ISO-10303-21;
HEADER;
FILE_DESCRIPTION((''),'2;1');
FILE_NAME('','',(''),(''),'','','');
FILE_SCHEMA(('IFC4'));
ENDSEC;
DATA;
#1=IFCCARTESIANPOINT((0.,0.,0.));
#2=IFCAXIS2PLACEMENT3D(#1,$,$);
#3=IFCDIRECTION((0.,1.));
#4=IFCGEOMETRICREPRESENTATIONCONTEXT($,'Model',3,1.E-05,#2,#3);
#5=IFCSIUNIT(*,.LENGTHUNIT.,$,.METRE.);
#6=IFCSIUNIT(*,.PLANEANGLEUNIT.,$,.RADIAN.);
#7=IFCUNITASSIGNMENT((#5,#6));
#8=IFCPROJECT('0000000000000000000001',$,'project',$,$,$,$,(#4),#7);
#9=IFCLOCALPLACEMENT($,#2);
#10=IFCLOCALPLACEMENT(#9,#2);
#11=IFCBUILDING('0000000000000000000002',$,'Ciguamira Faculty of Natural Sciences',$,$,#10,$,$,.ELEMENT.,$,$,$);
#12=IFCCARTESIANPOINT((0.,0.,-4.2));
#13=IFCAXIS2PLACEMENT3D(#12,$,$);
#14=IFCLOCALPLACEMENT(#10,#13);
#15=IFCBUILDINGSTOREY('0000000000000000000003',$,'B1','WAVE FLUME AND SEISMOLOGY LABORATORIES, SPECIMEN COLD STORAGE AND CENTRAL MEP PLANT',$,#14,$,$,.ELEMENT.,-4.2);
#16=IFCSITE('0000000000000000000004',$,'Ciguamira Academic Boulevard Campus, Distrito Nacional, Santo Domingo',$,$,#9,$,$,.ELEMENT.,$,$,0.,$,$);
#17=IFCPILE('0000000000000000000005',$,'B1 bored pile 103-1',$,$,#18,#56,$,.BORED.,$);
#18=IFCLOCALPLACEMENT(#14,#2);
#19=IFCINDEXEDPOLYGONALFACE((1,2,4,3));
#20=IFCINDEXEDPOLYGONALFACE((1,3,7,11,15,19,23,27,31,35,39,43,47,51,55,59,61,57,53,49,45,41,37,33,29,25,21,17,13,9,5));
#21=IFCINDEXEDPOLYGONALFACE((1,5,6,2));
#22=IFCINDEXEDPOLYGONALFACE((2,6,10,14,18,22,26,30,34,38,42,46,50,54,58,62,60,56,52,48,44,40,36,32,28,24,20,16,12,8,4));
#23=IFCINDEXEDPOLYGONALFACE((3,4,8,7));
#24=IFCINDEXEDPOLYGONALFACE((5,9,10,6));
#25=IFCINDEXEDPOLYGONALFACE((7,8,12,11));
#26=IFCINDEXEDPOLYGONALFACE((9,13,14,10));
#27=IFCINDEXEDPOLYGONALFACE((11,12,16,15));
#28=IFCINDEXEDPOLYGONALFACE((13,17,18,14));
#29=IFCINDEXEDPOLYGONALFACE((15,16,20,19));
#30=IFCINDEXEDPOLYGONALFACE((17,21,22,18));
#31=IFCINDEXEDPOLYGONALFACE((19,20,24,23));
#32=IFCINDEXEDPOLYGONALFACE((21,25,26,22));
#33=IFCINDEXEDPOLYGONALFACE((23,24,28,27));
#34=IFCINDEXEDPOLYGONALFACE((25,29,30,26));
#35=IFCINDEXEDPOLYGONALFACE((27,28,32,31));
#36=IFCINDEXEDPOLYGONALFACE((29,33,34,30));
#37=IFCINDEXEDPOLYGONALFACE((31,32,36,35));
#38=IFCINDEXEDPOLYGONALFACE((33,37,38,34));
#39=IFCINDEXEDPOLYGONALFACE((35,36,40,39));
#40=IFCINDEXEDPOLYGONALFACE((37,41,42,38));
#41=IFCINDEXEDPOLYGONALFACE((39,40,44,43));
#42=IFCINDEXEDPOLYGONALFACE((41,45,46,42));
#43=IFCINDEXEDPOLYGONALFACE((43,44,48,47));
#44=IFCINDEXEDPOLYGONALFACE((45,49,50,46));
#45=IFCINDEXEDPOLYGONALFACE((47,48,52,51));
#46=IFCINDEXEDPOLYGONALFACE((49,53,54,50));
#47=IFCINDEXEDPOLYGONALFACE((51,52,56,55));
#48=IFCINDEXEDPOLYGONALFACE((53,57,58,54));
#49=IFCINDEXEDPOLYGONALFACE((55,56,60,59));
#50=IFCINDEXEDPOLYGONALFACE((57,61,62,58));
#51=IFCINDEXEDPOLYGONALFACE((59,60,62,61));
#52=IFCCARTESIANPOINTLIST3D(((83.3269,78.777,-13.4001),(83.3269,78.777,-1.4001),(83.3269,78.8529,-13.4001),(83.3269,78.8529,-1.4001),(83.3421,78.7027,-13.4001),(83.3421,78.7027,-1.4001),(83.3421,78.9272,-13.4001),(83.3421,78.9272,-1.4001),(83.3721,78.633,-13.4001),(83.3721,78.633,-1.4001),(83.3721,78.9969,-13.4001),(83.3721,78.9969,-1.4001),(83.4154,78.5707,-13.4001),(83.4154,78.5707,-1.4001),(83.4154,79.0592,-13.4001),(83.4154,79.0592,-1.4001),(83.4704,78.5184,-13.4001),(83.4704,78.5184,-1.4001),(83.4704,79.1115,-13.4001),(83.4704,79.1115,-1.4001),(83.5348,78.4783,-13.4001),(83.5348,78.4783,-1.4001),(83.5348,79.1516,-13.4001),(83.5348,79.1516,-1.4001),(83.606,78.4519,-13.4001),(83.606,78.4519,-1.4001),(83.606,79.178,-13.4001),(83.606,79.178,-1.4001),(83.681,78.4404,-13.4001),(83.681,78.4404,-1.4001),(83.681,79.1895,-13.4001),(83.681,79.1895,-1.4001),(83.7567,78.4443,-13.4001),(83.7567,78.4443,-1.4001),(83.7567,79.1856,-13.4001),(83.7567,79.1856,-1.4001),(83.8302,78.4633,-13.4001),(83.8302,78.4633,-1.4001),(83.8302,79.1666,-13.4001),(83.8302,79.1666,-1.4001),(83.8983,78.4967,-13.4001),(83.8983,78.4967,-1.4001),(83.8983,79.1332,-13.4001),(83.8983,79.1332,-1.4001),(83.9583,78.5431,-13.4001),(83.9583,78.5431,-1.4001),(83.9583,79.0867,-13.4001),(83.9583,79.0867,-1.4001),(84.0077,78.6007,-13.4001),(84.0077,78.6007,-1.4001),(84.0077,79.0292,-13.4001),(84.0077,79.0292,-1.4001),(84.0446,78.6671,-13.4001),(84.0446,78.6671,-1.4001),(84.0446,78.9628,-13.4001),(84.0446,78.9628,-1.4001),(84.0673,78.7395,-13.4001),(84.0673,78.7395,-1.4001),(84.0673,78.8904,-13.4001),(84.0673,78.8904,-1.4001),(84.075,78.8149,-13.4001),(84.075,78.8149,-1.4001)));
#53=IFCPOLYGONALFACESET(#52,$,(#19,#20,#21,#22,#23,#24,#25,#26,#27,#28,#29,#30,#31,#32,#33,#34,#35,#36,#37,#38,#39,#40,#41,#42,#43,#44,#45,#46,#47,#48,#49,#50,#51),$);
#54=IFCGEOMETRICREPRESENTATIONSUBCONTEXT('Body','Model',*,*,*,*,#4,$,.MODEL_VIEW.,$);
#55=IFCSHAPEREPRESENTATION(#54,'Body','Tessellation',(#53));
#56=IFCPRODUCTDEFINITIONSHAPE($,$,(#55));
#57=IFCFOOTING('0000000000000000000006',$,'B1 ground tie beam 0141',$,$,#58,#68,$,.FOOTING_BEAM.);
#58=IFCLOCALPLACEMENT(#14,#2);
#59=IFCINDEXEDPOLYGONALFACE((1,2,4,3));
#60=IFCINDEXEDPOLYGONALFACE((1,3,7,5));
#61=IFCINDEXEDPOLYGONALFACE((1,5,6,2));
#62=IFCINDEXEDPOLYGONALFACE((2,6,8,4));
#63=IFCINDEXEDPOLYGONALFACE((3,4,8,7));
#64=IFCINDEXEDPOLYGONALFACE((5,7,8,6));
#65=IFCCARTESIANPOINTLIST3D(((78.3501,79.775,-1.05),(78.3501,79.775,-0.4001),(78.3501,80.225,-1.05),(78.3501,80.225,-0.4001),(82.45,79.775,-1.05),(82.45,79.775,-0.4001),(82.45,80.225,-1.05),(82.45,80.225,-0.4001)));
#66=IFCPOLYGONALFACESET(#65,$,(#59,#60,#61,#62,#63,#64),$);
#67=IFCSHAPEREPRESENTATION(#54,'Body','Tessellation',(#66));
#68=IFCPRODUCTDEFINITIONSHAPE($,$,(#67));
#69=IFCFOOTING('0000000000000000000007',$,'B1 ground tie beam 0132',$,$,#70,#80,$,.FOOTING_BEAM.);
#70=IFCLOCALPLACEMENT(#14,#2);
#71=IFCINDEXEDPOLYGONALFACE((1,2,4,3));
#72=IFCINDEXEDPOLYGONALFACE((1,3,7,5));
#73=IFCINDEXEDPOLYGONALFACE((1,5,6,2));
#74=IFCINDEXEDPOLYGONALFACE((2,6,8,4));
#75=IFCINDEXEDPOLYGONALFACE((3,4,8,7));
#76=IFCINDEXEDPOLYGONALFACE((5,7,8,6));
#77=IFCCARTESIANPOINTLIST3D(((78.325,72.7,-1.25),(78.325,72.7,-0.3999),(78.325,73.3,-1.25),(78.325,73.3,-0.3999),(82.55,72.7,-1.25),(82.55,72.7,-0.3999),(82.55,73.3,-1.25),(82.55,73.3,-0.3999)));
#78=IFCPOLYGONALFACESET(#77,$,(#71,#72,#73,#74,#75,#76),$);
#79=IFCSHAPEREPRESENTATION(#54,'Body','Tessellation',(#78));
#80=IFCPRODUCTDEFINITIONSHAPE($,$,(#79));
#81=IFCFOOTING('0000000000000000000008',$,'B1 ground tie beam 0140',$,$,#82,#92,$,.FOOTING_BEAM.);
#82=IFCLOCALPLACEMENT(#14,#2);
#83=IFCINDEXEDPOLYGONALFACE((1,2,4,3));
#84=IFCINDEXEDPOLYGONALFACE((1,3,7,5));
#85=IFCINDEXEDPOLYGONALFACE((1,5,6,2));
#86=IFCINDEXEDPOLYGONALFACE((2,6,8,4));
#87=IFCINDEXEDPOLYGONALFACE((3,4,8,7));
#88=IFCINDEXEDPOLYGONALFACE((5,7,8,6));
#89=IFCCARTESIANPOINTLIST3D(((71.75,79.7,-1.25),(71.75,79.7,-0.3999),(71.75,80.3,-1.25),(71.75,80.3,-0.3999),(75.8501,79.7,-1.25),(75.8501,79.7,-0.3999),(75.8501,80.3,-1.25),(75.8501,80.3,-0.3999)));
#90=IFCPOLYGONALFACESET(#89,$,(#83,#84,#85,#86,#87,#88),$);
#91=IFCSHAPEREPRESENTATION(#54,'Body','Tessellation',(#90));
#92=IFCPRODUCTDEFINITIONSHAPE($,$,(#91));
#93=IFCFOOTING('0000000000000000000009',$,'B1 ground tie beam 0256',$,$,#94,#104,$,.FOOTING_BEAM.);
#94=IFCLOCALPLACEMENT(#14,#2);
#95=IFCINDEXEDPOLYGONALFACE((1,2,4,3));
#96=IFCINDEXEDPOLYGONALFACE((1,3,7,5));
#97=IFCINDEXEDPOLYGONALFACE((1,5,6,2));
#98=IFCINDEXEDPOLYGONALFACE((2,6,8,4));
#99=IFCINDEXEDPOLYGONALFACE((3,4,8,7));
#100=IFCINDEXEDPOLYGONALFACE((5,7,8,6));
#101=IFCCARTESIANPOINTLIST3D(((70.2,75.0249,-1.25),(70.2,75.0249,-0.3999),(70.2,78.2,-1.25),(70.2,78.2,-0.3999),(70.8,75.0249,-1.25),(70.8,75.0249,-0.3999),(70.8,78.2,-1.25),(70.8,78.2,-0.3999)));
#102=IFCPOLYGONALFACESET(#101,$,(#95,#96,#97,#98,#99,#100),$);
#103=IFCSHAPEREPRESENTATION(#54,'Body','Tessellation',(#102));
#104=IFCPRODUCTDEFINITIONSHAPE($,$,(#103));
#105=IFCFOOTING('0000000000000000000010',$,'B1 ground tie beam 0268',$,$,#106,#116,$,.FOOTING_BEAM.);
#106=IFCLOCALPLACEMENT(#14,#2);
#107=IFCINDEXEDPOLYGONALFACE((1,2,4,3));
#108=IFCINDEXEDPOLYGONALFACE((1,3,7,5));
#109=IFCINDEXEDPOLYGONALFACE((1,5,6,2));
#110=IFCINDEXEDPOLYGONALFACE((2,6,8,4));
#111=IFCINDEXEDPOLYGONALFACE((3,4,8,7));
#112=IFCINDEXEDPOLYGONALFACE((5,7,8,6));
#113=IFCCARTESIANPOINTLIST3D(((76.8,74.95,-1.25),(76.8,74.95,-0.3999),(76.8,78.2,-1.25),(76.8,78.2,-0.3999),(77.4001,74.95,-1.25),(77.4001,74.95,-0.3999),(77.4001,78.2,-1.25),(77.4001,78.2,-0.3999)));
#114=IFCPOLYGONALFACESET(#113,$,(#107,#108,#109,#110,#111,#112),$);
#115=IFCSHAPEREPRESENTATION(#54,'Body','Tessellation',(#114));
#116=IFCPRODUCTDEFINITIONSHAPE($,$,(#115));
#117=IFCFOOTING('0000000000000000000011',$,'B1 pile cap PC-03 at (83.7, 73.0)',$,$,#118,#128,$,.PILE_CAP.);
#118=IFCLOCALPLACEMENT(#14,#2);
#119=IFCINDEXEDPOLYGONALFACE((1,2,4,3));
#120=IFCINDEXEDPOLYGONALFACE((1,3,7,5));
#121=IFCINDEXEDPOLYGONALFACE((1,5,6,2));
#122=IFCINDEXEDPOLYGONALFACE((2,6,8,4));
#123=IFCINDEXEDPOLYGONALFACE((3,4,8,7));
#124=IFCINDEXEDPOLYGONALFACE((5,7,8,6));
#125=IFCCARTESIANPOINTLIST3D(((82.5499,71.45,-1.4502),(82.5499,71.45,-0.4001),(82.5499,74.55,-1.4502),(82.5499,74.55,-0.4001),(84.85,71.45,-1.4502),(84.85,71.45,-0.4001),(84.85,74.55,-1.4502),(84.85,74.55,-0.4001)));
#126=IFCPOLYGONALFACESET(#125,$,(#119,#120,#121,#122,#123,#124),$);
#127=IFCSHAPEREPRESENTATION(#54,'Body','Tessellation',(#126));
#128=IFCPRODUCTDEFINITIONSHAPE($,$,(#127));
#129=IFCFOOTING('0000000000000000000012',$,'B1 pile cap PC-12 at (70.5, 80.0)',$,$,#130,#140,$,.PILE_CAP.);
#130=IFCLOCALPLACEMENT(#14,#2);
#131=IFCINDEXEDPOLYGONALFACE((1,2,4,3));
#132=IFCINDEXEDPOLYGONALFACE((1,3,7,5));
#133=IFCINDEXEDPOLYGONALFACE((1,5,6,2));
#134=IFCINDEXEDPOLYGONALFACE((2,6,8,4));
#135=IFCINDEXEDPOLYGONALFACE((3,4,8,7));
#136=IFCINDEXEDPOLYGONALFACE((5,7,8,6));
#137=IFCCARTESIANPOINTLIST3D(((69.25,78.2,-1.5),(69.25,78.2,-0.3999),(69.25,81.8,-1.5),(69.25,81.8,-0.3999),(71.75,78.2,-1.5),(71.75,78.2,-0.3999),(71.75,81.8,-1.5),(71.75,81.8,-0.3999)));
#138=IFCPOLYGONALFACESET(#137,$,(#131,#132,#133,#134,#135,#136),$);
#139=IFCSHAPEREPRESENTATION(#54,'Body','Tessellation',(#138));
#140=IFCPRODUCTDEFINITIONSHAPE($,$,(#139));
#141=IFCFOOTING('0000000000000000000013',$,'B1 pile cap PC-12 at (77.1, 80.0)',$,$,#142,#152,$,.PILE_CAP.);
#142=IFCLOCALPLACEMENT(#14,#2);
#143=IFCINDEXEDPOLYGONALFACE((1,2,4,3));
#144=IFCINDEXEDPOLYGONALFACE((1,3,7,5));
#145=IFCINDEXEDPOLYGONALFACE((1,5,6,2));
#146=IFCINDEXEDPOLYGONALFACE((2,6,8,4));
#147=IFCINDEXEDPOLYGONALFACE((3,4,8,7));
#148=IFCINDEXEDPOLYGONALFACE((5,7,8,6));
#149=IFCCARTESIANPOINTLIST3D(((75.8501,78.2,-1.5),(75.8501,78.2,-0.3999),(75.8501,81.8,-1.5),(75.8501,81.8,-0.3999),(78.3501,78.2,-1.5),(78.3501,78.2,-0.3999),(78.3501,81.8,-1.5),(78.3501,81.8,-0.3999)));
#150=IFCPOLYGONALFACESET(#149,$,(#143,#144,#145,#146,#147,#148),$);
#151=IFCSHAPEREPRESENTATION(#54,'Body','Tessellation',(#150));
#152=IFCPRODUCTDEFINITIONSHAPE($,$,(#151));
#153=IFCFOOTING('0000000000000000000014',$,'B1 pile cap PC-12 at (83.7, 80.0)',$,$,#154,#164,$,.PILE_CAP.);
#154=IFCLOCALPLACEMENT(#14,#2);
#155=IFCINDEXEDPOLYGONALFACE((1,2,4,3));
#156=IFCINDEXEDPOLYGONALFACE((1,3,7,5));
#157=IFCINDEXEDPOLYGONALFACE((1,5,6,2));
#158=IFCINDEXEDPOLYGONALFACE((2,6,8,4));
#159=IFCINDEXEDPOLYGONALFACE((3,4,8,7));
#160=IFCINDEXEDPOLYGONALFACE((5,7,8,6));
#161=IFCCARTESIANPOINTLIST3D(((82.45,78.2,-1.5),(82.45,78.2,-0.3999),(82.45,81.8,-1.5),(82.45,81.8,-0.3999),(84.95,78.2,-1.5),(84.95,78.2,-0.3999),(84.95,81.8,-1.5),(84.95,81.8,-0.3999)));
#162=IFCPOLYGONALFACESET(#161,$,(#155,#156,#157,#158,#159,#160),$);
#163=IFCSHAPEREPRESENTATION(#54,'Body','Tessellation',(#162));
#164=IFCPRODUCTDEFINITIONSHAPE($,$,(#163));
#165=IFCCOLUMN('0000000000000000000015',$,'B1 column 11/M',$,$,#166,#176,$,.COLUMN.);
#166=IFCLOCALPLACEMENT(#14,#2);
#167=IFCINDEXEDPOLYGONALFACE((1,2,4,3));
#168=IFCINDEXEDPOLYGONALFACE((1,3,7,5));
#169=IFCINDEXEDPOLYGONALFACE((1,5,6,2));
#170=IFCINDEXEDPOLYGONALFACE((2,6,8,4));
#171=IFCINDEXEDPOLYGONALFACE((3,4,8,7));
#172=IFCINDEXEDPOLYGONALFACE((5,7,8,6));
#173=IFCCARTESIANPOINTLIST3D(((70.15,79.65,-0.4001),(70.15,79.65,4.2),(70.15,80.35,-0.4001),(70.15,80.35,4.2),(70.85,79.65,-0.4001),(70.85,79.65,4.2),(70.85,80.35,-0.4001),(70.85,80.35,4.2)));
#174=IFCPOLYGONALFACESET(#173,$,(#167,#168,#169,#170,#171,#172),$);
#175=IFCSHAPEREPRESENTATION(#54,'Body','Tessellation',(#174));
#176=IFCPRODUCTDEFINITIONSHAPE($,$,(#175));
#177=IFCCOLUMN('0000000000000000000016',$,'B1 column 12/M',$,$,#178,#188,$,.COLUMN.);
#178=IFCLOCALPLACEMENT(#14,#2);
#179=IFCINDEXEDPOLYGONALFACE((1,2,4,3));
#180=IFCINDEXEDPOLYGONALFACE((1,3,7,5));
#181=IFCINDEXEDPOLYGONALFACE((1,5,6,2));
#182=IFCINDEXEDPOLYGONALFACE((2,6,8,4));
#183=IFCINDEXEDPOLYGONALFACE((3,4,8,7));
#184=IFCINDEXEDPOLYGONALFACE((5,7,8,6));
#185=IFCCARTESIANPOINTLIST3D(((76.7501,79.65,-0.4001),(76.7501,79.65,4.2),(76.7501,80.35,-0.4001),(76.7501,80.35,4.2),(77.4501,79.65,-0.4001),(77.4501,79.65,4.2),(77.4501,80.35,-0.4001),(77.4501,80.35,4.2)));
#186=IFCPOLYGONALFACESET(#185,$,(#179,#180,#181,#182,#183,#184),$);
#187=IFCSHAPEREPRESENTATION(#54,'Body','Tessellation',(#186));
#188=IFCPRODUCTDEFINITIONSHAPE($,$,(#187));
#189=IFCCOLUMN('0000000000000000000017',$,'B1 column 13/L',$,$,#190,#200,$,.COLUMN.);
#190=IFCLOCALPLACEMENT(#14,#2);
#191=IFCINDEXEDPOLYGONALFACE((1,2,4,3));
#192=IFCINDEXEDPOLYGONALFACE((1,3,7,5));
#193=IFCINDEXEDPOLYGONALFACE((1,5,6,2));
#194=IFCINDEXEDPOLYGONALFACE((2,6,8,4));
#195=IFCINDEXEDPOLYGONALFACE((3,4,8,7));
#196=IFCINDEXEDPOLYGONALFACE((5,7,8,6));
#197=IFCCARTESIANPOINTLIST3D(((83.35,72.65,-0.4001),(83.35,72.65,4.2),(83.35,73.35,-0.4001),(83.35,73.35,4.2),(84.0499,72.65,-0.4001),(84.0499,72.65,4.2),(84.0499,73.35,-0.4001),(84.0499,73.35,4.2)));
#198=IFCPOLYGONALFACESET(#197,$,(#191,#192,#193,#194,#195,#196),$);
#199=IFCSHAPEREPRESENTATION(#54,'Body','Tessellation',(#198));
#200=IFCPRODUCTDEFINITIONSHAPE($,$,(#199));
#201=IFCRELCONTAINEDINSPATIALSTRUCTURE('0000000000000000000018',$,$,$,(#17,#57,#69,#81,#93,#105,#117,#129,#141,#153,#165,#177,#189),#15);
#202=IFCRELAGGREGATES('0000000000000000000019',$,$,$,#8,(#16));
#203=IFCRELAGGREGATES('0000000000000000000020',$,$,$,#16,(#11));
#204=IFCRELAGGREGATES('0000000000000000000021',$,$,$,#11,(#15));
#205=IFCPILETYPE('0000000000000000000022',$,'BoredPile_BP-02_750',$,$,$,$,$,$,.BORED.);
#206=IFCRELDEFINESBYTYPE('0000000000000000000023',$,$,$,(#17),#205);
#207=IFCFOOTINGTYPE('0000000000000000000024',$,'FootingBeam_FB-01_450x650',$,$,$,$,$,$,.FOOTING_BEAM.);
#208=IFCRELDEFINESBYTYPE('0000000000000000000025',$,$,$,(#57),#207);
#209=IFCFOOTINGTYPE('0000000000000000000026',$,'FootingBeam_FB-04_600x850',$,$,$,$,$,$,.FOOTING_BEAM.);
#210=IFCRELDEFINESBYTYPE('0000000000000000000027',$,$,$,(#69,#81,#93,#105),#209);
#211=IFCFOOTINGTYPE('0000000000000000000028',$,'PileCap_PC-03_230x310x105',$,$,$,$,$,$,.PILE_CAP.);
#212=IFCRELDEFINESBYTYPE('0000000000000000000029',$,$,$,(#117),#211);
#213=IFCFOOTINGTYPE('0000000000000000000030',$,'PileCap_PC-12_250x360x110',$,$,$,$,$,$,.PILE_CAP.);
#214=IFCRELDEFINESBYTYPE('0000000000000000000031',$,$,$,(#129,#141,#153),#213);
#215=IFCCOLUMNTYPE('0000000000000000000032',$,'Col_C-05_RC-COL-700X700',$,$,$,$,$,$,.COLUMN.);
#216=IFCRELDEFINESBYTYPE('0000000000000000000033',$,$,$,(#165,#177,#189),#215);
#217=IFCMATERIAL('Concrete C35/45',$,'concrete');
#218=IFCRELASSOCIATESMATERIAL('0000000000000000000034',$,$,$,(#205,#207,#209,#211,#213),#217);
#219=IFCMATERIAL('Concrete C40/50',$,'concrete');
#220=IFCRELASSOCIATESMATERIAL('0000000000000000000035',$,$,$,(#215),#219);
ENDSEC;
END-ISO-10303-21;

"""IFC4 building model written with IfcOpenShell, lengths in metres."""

from ifc_helpers import new_model, si_unit, direction, frame, origin, origin_2d, place, context, subcontext, project, spatial, rectangle, circle, extrude, material, material_profile, profile_set, type_object, element, save


model = new_model("IFC4")

# Units and contexts
model_context = context("Model", 3, precision=1e-05, world=origin(), true_north=direction((0.0, 1.0)))
body_context = subcontext(model_context, "Body", "Model", "MODEL_VIEW")
ifc_project = project(units=[si_unit("LENGTHUNIT", "METRE"), si_unit("PLANEANGLEUNIT", "RADIAN")], contexts=[model_context])

# Site, building, storey
site_placement = place(None, origin())
site = spatial("IfcSite", under=ifc_project, at=site_placement, Name="Ciguamira Academic Boulevard Campus, Distrito Nacional, Santo Domingo", CompositionType="ELEMENT", RefElevation=0.0)
building_placement = place(site_placement, origin())
building = spatial("IfcBuilding", under=site, at=building_placement, Name="Ciguamira Faculty of Natural Sciences", CompositionType="ELEMENT")
storey_placement = place(building_placement, frame((0.0, 0.0, -4.2)))
storey = spatial("IfcBuildingStorey", under=building, at=storey_placement, Name="B1", Description="WAVE FLUME AND SEISMOLOGY LABORATORIES, SPECIMEN COLD STORAGE AND CENTRAL MEP PLANT", CompositionType="ELEMENT", Elevation=-4.2)

# Pile
ifc_material_1 = material(Name="Concrete C35/45", Category="concrete")
ifc_material_profile_1 = material_profile(ifc_material_1, circle(Radius=0.375, at=origin_2d()), Name="PILE-BORED-750")
ifc_profile_set_1 = profile_set([ifc_material_profile_1], Name="Concrete C35/45")
pile_type = type_object("IfcPileType", Name="BoredPile_BP-02_750", PredefinedType="BORED", material=ifc_profile_set_1)
pile_1_placement = place(storey_placement, frame((83.7, 78.8149, -1.4001), z_axis=(0.0, 0.0, -1.0), x_axis=(1.0, 0.0, 0.0)))
element("IfcPile", 1, at=pile_1_placement, inside=storey, type_object=pile_type, Name="B1 bored pile 103-1", PredefinedType="BORED", context=body_context, shape_type="SweptSolid", body=[
    extrude(circle(Radius=0.375, at=origin_2d()), origin(), (0.0, 0.0, 1.0), 12.0),
])

# Footings
ifc_material_profile_2 = material_profile(ifc_material_1, rectangle(XDim=0.45, YDim=0.6499, at=origin_2d()), Name="RC-FB-450X650")
ifc_profile_set_2 = profile_set([ifc_material_profile_2], Name="Concrete C35/45")
footing_type_1 = type_object("IfcFootingType", Name="FootingBeam_FB-01_450x650", PredefinedType="FOOTING_BEAM", material=ifc_profile_set_2)
footing_1_placement = place(storey_placement, frame((78.3501, 80.0, -0.7251), z_axis=(1.0, 0.0, 0.0), x_axis=(0.0, 1.0, 0.0)))
element("IfcFooting", 2, at=footing_1_placement, inside=storey, type_object=footing_type_1, Name="B1 ground tie beam 0141", PredefinedType="FOOTING_BEAM", context=body_context, shape_type="SweptSolid", body=[
    extrude(rectangle(XDim=0.45, YDim=0.6499, at=origin_2d()), origin(), (0.0, 0.0, 1.0), 4.0999),
])
ifc_material_profile_3 = material_profile(ifc_material_1, rectangle(XDim=0.6001, YDim=0.8501, at=origin_2d()), Name="RC-FB-600X850")
ifc_profile_set_3 = profile_set([ifc_material_profile_3], Name="Concrete C35/45")
footing_type_2 = type_object("IfcFootingType", Name="FootingBeam_FB-04_600x850", PredefinedType="FOOTING_BEAM", material=ifc_profile_set_3)
footing_2_placement = place(storey_placement, frame((78.325, 73.0, -0.825), z_axis=(1.0, 0.0, 0.0), x_axis=(0.0, 1.0, 0.0)))
element("IfcFooting", 3, at=footing_2_placement, inside=storey, type_object=footing_type_2, Name="B1 ground tie beam 0132", PredefinedType="FOOTING_BEAM", context=body_context, shape_type="SweptSolid", body=[
    extrude(rectangle(XDim=0.6001, YDim=0.8501, at=origin_2d()), origin(), (0.0, 0.0, 1.0), 4.2251),
])
footing_3_placement = place(storey_placement, frame((71.75, 80.0, -0.825), z_axis=(1.0, 0.0, 0.0), x_axis=(0.0, 1.0, 0.0)))
element("IfcFooting", 4, at=footing_3_placement, inside=storey, type_object=footing_type_2, Name="B1 ground tie beam 0140", PredefinedType="FOOTING_BEAM", context=body_context, shape_type="SweptSolid", body=[
    extrude(rectangle(XDim=0.6001, YDim=0.8501, at=origin_2d()), origin(), (0.0, 0.0, 1.0), 4.1001),
])
footing_4_placement = place(storey_placement, frame((70.5, 75.0249, -0.825), z_axis=(0.0, 1.0, 0.0), x_axis=(-1.0, 0.0, 0.0)))
element("IfcFooting", 5, at=footing_4_placement, inside=storey, type_object=footing_type_2, Name="B1 ground tie beam 0256", PredefinedType="FOOTING_BEAM", context=body_context, shape_type="SweptSolid", body=[
    extrude(rectangle(XDim=0.6001, YDim=0.8501, at=origin_2d()), origin(), (0.0, 0.0, 1.0), 3.175),
])
footing_5_placement = place(storey_placement, frame((77.1001, 74.95, -0.825), z_axis=(0.0, 1.0, 0.0), x_axis=(-1.0, 0.0, 0.0)))
element("IfcFooting", 6, at=footing_5_placement, inside=storey, type_object=footing_type_2, Name="B1 ground tie beam 0268", PredefinedType="FOOTING_BEAM", context=body_context, shape_type="SweptSolid", body=[
    extrude(rectangle(XDim=0.6001, YDim=0.8501, at=origin_2d()), origin(), (0.0, 0.0, 1.0), 3.25),
])
footing_type_3 = type_object("IfcFootingType", Name="PileCap_PC-03_230x310x105", PredefinedType="PILE_CAP", material=ifc_material_1)
footing_6_placement = place(storey_placement, frame((83.7, 73.0, -1.4502), z_axis=(0.0, 0.0, 1.0), x_axis=(1.0, 0.0, 0.0)))
element("IfcFooting", 7, at=footing_6_placement, inside=storey, type_object=footing_type_3, Name="B1 pile cap PC-03 at (83.7, 73.0)", PredefinedType="PILE_CAP", context=body_context, shape_type="SweptSolid", body=[
    extrude(rectangle(XDim=2.3, YDim=3.1001, at=origin_2d()), origin(), (0.0, 0.0, 1.0), 1.05),
])
footing_type_4 = type_object("IfcFootingType", Name="PileCap_PC-12_250x360x110", PredefinedType="PILE_CAP", material=ifc_material_1)
for number, where, z_axis, x_axis, name in (
    (8, (70.5, 80.0, -1.5), (0.0, 0.0, 1.0), (1.0, 0.0, 0.0), "B1 pile cap PC-12 at (70.5, 80.0)"),
    (9, (77.1001, 80.0, -1.5), (0.0, 0.0, 1.0), (1.0, 0.0, 0.0), "B1 pile cap PC-12 at (77.1, 80.0)"),
    (10, (83.7, 80.0, -1.5), (0.0, 0.0, 1.0), (1.0, 0.0, 0.0), "B1 pile cap PC-12 at (83.7, 80.0)"),
):
    element("IfcFooting", number, at=place(storey_placement, frame(where, z_axis=z_axis, x_axis=x_axis)), inside=storey, type_object=footing_type_4, Name=name, PredefinedType="PILE_CAP", context=body_context, shape_type="SweptSolid", body=[
        extrude(rectangle(XDim=2.5, YDim=3.6001, at=origin_2d()), origin(), (0.0, 0.0, 1.0), 1.1001),
    ])

# Columns
ifc_material_2 = material(Name="Concrete C40/50", Category="concrete")
ifc_material_profile_4 = material_profile(ifc_material_2, rectangle(XDim=0.7, YDim=0.7, at=origin_2d()), Name="RC-COL-700X700")
ifc_profile_set_4 = profile_set([ifc_material_profile_4], Name="Concrete C40/50")
column_type = type_object("IfcColumnType", Name="Col_C-05_RC-COL-700X700", PredefinedType="COLUMN", material=ifc_profile_set_4)
for number, where, z_axis, x_axis, name in (
    (11, (70.5, 80.0, -0.4001), (0.0, 0.0, 1.0), (1.0, 0.0, 0.0), "B1 column 11/M"),
    (12, (77.1001, 80.0, -0.4001), (0.0, 0.0, 1.0), (1.0, 0.0, 0.0), "B1 column 12/M"),
    (13, (83.7, 73.0, -0.4001), (0.0, 0.0, 1.0), (1.0, 0.0, 0.0), "B1 column 13/L"),
):
    element("IfcColumn", number, at=place(storey_placement, frame(where, z_axis=z_axis, x_axis=x_axis)), inside=storey, type_object=column_type, Name=name, PredefinedType="COLUMN", context=body_context, shape_type="SweptSolid", body=[
        extrude(rectangle(XDim=0.7, YDim=0.7, at=origin_2d()), origin(), (0.0, 0.0, 1.0), 4.6001),
    ])

save(model, "model.ifc")
